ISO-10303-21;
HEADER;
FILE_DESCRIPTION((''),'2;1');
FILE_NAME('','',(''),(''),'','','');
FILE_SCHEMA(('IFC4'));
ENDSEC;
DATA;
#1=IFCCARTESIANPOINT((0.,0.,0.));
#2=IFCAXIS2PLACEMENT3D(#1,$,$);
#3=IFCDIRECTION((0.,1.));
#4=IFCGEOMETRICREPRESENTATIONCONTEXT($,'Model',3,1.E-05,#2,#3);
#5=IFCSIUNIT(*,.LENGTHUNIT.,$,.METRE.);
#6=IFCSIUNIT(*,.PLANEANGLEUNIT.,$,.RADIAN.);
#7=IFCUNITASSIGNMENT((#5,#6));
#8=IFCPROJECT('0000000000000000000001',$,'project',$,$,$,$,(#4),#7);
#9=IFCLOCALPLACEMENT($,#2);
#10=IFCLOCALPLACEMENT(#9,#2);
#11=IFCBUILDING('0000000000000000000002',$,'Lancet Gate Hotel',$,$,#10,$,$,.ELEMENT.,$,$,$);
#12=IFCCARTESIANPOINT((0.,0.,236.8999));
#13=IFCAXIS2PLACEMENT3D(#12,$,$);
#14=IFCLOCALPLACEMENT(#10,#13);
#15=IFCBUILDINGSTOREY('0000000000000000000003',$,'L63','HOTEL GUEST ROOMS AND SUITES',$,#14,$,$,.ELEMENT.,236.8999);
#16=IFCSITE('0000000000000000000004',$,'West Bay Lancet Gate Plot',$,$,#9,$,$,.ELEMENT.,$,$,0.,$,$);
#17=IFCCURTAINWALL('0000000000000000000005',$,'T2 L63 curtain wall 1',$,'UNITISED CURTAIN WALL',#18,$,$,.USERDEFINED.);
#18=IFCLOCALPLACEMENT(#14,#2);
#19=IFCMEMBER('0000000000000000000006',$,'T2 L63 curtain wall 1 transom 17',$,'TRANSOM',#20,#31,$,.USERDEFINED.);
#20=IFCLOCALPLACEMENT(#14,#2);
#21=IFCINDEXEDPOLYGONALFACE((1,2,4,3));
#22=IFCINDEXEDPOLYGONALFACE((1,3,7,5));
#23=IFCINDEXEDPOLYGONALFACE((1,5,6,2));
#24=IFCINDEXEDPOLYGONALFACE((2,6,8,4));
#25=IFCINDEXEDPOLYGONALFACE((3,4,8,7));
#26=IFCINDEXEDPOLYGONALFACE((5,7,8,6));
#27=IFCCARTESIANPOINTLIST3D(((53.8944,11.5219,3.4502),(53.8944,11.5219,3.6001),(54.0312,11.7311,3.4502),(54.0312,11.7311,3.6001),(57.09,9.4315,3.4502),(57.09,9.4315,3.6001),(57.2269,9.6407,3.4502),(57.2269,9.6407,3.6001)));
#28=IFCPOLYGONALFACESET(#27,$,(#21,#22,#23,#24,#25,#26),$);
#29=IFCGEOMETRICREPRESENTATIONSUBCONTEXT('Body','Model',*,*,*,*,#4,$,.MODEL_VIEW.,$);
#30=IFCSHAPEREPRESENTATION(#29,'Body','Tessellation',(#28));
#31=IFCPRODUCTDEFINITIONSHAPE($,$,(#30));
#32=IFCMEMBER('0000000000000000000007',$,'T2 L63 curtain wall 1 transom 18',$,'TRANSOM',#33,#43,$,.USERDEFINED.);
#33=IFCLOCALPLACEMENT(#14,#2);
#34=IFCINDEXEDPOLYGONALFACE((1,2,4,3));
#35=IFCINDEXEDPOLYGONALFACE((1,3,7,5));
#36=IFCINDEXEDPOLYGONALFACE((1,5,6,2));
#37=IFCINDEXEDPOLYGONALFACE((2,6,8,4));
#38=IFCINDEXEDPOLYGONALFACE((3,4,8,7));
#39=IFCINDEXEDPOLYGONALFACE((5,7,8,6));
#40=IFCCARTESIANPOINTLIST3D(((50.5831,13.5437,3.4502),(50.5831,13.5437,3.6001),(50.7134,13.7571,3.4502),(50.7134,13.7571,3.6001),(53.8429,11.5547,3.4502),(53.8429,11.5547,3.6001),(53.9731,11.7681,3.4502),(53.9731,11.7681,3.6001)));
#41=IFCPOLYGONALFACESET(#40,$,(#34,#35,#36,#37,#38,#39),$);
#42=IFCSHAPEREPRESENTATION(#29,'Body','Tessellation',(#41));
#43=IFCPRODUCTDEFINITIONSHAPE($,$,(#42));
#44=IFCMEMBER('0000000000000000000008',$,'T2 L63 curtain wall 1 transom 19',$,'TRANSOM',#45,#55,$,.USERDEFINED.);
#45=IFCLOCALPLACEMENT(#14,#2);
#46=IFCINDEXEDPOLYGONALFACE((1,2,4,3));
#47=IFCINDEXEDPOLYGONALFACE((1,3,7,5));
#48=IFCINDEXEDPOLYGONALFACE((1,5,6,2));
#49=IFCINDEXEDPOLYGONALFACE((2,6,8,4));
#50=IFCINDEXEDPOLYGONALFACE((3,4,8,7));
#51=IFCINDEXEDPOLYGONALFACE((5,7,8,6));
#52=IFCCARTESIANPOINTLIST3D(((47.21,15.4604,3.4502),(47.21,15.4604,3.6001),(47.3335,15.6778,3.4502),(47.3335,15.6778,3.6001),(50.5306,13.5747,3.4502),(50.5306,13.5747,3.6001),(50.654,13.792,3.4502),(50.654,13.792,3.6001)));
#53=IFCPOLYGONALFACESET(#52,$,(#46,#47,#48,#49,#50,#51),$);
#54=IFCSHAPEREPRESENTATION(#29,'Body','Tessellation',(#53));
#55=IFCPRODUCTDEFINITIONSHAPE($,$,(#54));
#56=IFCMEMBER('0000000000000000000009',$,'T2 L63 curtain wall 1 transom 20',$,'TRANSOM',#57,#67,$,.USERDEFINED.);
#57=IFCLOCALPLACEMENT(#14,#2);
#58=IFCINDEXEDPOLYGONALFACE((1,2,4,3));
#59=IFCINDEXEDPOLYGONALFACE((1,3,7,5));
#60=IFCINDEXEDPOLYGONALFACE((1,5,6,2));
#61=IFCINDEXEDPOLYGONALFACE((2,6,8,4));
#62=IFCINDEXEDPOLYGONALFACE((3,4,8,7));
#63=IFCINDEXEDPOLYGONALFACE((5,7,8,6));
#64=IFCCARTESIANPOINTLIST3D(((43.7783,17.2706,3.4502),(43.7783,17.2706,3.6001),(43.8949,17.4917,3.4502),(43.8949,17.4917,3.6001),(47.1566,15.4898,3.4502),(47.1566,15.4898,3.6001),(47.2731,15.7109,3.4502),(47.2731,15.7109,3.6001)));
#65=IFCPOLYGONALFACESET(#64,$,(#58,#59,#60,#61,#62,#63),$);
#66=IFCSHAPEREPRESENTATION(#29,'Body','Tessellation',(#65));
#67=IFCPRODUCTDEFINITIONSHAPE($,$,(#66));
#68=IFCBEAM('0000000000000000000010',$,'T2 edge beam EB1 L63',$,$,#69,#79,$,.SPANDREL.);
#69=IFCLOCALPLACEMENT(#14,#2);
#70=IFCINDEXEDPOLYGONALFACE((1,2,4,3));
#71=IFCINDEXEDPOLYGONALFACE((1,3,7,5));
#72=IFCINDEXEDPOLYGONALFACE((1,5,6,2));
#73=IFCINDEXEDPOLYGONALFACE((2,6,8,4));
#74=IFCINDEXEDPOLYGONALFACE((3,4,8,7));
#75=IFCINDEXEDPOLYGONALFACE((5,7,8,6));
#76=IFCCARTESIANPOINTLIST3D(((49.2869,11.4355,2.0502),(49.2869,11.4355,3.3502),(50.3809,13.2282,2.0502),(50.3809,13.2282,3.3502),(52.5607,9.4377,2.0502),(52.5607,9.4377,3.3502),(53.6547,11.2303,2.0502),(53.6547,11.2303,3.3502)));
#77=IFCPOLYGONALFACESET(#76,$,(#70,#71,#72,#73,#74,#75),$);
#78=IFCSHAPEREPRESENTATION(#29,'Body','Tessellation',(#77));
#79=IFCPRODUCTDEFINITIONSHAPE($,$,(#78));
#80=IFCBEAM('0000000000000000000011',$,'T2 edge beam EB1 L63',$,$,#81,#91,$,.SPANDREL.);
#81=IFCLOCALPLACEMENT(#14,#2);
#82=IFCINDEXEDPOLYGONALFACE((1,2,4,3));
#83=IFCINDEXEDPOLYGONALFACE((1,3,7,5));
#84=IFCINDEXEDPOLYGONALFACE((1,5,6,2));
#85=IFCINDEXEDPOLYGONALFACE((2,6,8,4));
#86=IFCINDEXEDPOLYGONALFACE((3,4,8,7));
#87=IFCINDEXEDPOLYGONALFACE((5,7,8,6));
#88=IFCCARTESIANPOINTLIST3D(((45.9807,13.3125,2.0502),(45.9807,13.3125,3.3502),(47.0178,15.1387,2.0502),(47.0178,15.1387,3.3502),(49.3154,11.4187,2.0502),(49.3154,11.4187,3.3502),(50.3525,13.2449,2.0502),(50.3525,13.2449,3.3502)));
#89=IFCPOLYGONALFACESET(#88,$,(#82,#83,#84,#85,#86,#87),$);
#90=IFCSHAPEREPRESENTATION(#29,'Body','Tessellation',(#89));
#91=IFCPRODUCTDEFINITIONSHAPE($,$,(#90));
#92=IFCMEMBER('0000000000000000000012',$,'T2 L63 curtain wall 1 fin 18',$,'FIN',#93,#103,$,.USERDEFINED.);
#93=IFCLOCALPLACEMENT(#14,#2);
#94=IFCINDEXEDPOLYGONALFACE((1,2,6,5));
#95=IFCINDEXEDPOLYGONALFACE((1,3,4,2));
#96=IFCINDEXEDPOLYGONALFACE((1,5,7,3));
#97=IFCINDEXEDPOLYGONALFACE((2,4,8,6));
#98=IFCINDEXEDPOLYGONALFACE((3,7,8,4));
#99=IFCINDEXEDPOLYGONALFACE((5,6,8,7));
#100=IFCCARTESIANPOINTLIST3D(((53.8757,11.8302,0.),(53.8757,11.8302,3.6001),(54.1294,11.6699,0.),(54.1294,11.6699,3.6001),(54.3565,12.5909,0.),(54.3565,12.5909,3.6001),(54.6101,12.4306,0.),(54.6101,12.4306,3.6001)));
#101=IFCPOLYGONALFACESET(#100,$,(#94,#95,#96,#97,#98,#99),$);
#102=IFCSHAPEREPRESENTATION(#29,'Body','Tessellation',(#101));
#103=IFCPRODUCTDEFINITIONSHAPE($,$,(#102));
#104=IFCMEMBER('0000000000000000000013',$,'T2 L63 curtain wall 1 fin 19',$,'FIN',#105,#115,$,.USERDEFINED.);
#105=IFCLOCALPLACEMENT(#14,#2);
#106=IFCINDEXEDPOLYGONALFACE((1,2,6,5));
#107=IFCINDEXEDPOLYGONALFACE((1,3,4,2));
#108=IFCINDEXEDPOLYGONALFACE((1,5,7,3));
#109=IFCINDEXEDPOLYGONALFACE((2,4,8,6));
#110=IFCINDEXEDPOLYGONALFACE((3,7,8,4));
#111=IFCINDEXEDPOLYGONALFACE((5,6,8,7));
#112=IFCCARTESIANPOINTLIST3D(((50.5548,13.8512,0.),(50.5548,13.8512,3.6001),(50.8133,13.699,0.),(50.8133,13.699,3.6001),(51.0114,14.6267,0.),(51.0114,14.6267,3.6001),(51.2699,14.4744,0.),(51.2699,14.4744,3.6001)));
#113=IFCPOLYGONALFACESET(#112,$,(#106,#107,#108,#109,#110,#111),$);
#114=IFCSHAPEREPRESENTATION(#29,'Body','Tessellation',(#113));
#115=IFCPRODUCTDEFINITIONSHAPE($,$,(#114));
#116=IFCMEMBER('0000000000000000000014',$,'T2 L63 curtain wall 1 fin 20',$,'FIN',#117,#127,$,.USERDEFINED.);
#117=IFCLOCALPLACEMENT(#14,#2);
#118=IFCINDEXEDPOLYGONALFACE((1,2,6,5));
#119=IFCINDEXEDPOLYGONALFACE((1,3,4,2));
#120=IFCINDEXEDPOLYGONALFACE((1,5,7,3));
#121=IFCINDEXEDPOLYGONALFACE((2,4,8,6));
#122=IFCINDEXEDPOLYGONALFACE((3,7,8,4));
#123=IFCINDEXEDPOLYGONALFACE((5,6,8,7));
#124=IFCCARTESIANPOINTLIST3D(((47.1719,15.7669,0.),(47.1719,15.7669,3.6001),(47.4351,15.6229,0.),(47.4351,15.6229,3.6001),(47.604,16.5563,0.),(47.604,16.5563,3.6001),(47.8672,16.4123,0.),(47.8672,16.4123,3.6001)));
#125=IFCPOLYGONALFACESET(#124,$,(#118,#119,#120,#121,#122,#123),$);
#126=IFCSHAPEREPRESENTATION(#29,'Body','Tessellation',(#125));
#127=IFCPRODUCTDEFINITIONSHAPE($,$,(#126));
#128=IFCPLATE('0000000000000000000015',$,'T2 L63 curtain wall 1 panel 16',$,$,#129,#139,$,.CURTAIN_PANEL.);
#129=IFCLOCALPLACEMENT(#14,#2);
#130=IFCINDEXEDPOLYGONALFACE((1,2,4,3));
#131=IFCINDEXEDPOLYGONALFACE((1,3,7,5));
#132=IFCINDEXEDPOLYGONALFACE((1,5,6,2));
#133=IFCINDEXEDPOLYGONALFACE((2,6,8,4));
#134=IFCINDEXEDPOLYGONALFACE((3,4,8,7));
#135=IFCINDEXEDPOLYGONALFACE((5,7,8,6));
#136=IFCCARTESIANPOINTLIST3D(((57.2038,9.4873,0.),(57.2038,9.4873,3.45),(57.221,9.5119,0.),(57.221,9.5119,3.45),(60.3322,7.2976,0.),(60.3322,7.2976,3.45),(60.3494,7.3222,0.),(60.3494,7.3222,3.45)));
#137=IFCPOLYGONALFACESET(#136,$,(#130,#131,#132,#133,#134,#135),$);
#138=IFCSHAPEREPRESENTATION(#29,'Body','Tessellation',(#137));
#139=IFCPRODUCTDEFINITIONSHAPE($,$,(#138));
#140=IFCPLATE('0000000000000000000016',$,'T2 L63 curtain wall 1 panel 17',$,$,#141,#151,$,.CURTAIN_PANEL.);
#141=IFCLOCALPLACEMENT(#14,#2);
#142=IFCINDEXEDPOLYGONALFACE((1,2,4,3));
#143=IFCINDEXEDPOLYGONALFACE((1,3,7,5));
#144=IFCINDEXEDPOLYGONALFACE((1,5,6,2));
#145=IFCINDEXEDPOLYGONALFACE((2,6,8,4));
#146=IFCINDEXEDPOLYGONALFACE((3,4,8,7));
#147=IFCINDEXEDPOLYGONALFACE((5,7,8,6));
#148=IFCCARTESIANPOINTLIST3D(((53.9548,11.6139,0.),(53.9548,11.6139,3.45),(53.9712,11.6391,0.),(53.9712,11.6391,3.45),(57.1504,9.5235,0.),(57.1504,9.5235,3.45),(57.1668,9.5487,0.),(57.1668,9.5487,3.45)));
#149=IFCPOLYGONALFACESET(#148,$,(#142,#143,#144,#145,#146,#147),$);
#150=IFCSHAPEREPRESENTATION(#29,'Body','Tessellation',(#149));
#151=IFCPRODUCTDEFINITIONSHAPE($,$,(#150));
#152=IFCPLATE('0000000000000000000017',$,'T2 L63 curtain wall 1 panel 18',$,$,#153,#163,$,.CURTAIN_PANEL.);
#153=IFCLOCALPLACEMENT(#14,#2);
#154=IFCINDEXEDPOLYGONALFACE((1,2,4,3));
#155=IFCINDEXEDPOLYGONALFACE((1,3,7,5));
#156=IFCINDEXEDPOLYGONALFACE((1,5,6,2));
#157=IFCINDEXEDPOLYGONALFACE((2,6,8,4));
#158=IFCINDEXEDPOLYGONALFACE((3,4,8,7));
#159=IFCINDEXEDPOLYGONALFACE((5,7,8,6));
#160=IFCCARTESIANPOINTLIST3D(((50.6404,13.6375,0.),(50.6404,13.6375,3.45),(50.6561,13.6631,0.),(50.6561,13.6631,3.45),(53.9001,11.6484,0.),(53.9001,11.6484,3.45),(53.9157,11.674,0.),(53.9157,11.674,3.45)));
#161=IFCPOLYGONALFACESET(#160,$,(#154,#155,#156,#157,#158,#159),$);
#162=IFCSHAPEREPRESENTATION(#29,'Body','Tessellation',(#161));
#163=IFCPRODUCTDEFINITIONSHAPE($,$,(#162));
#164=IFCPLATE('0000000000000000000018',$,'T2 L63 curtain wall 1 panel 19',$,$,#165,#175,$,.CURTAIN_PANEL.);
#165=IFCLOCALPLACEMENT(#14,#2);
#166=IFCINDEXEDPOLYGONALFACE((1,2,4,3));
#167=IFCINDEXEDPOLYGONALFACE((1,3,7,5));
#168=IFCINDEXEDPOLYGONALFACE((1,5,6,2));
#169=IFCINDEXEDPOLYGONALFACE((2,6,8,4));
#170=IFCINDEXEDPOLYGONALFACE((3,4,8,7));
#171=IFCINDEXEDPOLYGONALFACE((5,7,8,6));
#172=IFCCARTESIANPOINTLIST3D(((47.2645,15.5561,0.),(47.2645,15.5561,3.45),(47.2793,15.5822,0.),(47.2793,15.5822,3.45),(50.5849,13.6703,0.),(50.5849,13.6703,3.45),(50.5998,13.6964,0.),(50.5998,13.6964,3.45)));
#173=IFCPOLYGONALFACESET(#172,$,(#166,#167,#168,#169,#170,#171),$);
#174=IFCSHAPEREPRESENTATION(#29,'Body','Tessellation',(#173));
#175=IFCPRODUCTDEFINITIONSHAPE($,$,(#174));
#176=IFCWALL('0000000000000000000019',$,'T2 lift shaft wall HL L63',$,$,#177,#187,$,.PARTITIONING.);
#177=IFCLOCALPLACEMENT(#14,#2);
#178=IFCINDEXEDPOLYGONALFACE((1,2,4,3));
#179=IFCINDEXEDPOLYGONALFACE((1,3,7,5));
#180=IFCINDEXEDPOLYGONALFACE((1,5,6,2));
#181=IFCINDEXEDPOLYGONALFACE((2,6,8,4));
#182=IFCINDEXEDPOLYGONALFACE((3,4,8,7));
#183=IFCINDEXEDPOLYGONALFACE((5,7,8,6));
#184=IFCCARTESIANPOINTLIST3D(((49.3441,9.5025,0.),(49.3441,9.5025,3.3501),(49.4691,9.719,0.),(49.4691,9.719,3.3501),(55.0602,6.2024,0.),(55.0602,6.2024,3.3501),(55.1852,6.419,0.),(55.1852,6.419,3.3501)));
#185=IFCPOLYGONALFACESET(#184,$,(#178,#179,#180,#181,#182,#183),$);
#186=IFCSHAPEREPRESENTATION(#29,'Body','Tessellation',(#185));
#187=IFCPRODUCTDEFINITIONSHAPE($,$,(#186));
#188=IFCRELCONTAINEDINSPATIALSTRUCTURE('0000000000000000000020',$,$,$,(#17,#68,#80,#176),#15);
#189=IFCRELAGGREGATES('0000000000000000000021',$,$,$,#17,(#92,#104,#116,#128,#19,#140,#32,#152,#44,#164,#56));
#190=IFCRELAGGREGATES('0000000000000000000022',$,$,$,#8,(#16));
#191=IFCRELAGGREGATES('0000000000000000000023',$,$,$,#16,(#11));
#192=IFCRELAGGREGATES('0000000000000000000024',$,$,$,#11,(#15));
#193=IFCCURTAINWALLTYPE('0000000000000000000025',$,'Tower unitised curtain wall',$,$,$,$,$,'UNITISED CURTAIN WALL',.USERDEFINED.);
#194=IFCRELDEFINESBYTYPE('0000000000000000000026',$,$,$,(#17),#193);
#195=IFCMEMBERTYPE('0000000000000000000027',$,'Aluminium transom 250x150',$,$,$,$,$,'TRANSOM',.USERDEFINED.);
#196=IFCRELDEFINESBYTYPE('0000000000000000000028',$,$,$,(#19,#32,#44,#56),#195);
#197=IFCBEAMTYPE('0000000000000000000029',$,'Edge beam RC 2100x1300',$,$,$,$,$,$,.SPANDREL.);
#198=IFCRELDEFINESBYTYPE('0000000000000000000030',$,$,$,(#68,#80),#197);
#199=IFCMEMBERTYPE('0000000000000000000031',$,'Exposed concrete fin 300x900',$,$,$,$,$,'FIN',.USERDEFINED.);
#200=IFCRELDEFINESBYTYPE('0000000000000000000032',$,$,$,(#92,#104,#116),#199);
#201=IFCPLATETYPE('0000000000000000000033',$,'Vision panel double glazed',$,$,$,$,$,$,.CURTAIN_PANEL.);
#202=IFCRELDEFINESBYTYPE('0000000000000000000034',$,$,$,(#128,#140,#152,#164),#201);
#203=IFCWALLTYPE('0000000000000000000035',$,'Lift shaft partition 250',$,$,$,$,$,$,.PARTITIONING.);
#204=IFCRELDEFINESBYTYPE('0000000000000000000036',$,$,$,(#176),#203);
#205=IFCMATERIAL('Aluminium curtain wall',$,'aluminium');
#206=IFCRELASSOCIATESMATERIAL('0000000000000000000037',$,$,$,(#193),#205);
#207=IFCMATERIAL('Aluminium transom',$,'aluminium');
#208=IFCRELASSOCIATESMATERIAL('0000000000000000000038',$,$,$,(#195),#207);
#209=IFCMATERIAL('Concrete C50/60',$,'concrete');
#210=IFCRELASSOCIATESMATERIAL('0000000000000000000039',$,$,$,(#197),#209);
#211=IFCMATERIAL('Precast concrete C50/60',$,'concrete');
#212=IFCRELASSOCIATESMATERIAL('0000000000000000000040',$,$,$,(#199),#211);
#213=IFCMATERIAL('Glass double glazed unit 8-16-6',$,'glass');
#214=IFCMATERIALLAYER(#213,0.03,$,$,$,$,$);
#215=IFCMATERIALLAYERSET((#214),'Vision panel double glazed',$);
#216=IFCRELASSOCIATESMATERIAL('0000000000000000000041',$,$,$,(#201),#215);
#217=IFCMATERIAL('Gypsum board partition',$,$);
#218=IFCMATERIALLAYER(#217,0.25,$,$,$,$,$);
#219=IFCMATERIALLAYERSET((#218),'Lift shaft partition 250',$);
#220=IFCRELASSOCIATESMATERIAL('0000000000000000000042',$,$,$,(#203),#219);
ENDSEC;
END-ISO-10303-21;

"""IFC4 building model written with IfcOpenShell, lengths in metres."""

from ifc_helpers import new_model, si_unit, direction, frame, frame_2d, origin, origin_2d, place, context, subcontext, project, spatial, rectangle, extrude, material, layer, layer_set, material_profile, profile_set, type_object, element, aggregate, save


model = new_model("IFC4")

# Units and contexts
model_context = context("Model", 3, precision=1e-05, world=origin(), true_north=direction((0.0, 1.0)))
body_context = subcontext(model_context, "Body", "Model", "MODEL_VIEW")
ifc_project = project(units=[si_unit("LENGTHUNIT", "METRE"), si_unit("PLANEANGLEUNIT", "RADIAN")], contexts=[model_context])

# Site, building, storey
site_placement = place(None, origin())
site = spatial("IfcSite", under=ifc_project, at=site_placement, Name="West Bay Lancet Gate Plot", CompositionType="ELEMENT", RefElevation=0.0)
building_placement = place(site_placement, origin())
building = spatial("IfcBuilding", under=site, at=building_placement, Name="Lancet Gate Hotel", CompositionType="ELEMENT")
storey_placement = place(building_placement, frame((0.0, 0.0, 236.8999)))
storey = spatial("IfcBuildingStorey", under=building, at=storey_placement, Name="L63", Description="HOTEL GUEST ROOMS AND SUITES", CompositionType="ELEMENT", Elevation=236.8999)

# Curtain wall, members
ifc_material_1 = material(Name="Aluminium curtain wall", Category="aluminium")
curtain_wall_type = type_object("IfcCurtainWallType", Name="Tower unitised curtain wall", ElementType="UNITISED CURTAIN WALL", PredefinedType="USERDEFINED", material=ifc_material_1)
curtain_wall_placement = place(storey_placement, origin())
curtain_wall = element("IfcCurtainWall", 1, at=curtain_wall_placement, inside=storey, type_object=curtain_wall_type, Name="T2 L63 curtain wall 1", ObjectType="UNITISED CURTAIN WALL", PredefinedType="USERDEFINED")
ifc_material_2 = material(Name="Aluminium transom", Category="aluminium")
ifc_material_profile_1 = material_profile(ifc_material_2, rectangle(XDim=0.25, YDim=0.1499, at=origin_2d()), Name="TRANSOM 250x150")
ifc_profile_set_1 = profile_set([ifc_material_profile_1], Name="Aluminium transom")
member_type_1 = type_object("IfcMemberType", Name="Aluminium transom 250x150", ElementType="TRANSOM", PredefinedType="USERDEFINED", material=ifc_profile_set_1)
member_1_placement = place(storey_placement, frame((57.1584, 9.5361, 3.5251), z_axis=(-0.836858, 0.54742, 0.0), x_axis=(-0.54742, -0.836858, 0.0)))
member_1 = element("IfcMember", 2, at=member_1_placement, type_object=member_type_1, Name="T2 L63 curtain wall 1 transom 17", ObjectType="TRANSOM", PredefinedType="USERDEFINED", context=body_context, shape_type="SweptSolid", body=[
    extrude(rectangle(XDim=0.25, YDim=0.1499, at=origin_2d()), origin(), (0.0, 0.0, 1.0), 3.8186),
])
member_2_placement = place(storey_placement, frame((53.908, 11.6614, 3.5251), z_axis=(-0.853639, 0.520865, 0.0), x_axis=(-0.520865, -0.853639, 0.0)))
member_2 = element("IfcMember", 3, at=member_2_placement, type_object=member_type_1, Name="T2 L63 curtain wall 1 transom 18", ObjectType="TRANSOM", PredefinedType="USERDEFINED", context=body_context, shape_type="SweptSolid", body=[
    extrude(rectangle(XDim=0.25, YDim=0.1499, at=origin_2d()), origin(), (0.0, 0.0, 1.0), 3.8186),
])
member_3_placement = place(storey_placement, frame((50.5923, 13.6833, 3.5251), z_axis=(-0.869562, 0.493824, 0.0), x_axis=(-0.493824, -0.869562, 0.0)))
member_3 = element("IfcMember", 4, at=member_3_placement, type_object=member_type_1, Name="T2 L63 curtain wall 1 transom 19", ObjectType="TRANSOM", PredefinedType="USERDEFINED", context=body_context, shape_type="SweptSolid", body=[
    extrude(rectangle(XDim=0.25, YDim=0.1499, at=origin_2d()), origin(), (0.0, 0.0, 1.0), 3.8186),
])
member_4_placement = place(storey_placement, frame((47.2148, 15.6003, 3.5251), z_axis=(-0.884618, 0.466315, 0.0), x_axis=(-0.466315, -0.884618, 0.0)))
member_4 = element("IfcMember", 5, at=member_4_placement, type_object=member_type_1, Name="T2 L63 curtain wall 1 transom 20", ObjectType="TRANSOM", PredefinedType="USERDEFINED", context=body_context, shape_type="SweptSolid", body=[
    extrude(rectangle(XDim=0.25, YDim=0.1499, at=origin_2d()), origin(), (0.0, 0.0, 1.0), 3.8188),
])

# Beams
ifc_material_3 = material(Name="Concrete C50/60", Category="concrete")
ifc_material_profile_2 = material_profile(ifc_material_3, rectangle(XDim=2.1001, YDim=1.3, at=origin_2d()), Name="RC 2100x1300")
ifc_profile_set_2 = profile_set([ifc_material_profile_2], Name="Concrete C50/60")
beam_type = type_object("IfcBeamType", Name="Edge beam RC 2100x1300", PredefinedType="SPANDREL", material=ifc_profile_set_2)
beam_1_placement = place(storey_placement, frame((53.1077, 10.334, 2.7002), z_axis=(-0.853604, 0.520922, 0.0), x_axis=(-0.520922, -0.853604, 0.0)))
element("IfcBeam", 6, at=beam_1_placement, inside=storey, type_object=beam_type, Name="T2 edge beam EB1 L63", PredefinedType="SPANDREL", context=body_context, shape_type="SweptSolid", body=[
    extrude(rectangle(XDim=2.1001, YDim=1.3, at=origin_2d()), origin(), (0.0, 0.0, 1.0), 3.8352),
])
beam_2_placement = place(storey_placement, frame((49.834, 12.3318, 2.7002), z_axis=(-0.86956, 0.493827, 0.0), x_axis=(-0.493827, -0.86956, 0.0)))
element("IfcBeam", 7, at=beam_2_placement, inside=storey, type_object=beam_type, Name="T2 edge beam EB1 L63", PredefinedType="SPANDREL", context=body_context, shape_type="SweptSolid", body=[
    extrude(rectangle(XDim=2.1001, YDim=1.3, at=origin_2d()), origin(), (0.0, 0.0, 1.0), 3.835),
])

# Members
ifc_material_4 = material(Name="Precast concrete C50/60", Category="concrete")
ifc_material_profile_3 = material_profile(ifc_material_4, rectangle(XDim=0.3, YDim=0.8999, at=origin_2d()), Name="FIN 300x900")
ifc_profile_set_3 = profile_set([ifc_material_profile_3], Name="Precast concrete C50/60")
member_type_2 = type_object("IfcMemberType", Name="Exposed concrete fin 300x900", ElementType="FIN", PredefinedType="USERDEFINED", material=ifc_profile_set_3)
member_5_placement = place(storey_placement, frame((54.2429, 12.1304, 0.0), z_axis=(0.0, 0.0, 1.0), x_axis=(-0.84534, 0.534229, 0.0)))
member_5 = element("IfcMember", 8, at=member_5_placement, type_object=member_type_2, Name="T2 L63 curtain wall 1 fin 18", ObjectType="FIN", PredefinedType="USERDEFINED", context=body_context, shape_type="SweptSolid", body=[
    extrude(rectangle(XDim=0.3, YDim=0.8999, at=origin_2d()), origin(), (0.0, 0.0, 1.0), 3.6001),
])
member_6_placement = place(storey_placement, frame((50.9124, 14.1628, 0.0), z_axis=(0.0, 0.0, 1.0), x_axis=(-0.861692, 0.507432, 0.0)))
member_6 = element("IfcMember", 9, at=member_6_placement, type_object=member_type_2, Name="T2 L63 curtain wall 1 fin 19", ObjectType="FIN", PredefinedType="USERDEFINED", context=body_context, shape_type="SweptSolid", body=[
    extrude(rectangle(XDim=0.3, YDim=0.8999, at=origin_2d()), origin(), (0.0, 0.0, 1.0), 3.6001),
])
member_7_placement = place(storey_placement, frame((47.5195, 16.0896, 0.0), z_axis=(0.0, 0.0, 1.0), x_axis=(-0.877195, 0.480135, 0.0)))
member_7 = element("IfcMember", 10, at=member_7_placement, type_object=member_type_2, Name="T2 L63 curtain wall 1 fin 20", ObjectType="FIN", PredefinedType="USERDEFINED", context=body_context, shape_type="SweptSolid", body=[
    extrude(rectangle(XDim=0.3, YDim=0.8999, at=origin_2d()), origin(), (0.0, 0.0, 1.0), 3.6001),
])

# Plates
ifc_material_5 = material(Name="Glass double glazed unit 8-16-6", Category="glass")
ifc_layer_1 = layer(ifc_material_5, 0.03)
ifc_layer_set_1 = layer_set([ifc_layer_1], Name="Vision panel double glazed")
plate_type = type_object("IfcPlateType", Name="Vision panel double glazed", PredefinedType="CURTAIN_PANEL", material=ifc_layer_set_1)
plate_1_placement = place(storey_placement, frame((58.7766, 8.4048, 0.0), z_axis=(0.0, 0.0, 1.0), x_axis=(-0.819255, 0.573429, 0.0)))
plate_1 = element("IfcPlate", 11, at=plate_1_placement, type_object=plate_type, Name="T2 L63 curtain wall 1 panel 16", PredefinedType="CURTAIN_PANEL", context=body_context, shape_type="SweptSolid", body=[
    extrude(rectangle(XDim=3.8186, YDim=0.03, at=origin_2d()), origin(), (0.0, 0.0, 1.0), 3.45),
])
plate_2_placement = place(storey_placement, frame((55.5608, 10.5813, 0.0), z_axis=(0.0, 0.0, 1.0), x_axis=(-0.83685, 0.547432, 0.0)))
plate_2 = element("IfcPlate", 12, at=plate_2_placement, type_object=plate_type, Name="T2 L63 curtain wall 1 panel 17", PredefinedType="CURTAIN_PANEL", context=body_context, shape_type="SweptSolid", body=[
    extrude(rectangle(XDim=3.8186, YDim=0.03, at=origin_2d()), origin(), (0.0, 0.0, 1.0), 3.45),
])
plate_3_placement = place(storey_placement, frame((52.2781, 12.6558, 0.0), z_axis=(0.0, 0.0, 1.0), x_axis=(-0.853621, 0.520895, 0.0)))
plate_3 = element("IfcPlate", 13, at=plate_3_placement, type_object=plate_type, Name="T2 L63 curtain wall 1 panel 18", PredefinedType="CURTAIN_PANEL", context=body_context, shape_type="SweptSolid", body=[
    extrude(rectangle(XDim=3.8186, YDim=0.03, at=origin_2d()), origin(), (0.0, 0.0, 1.0), 3.45),
])
plate_4_placement = place(storey_placement, frame((48.9321, 14.6262, 0.0), z_axis=(0.0, 0.0, 1.0), x_axis=(-0.86955, 0.493844, 0.0)))
plate_4 = element("IfcPlate", 14, at=plate_4_placement, type_object=plate_type, Name="T2 L63 curtain wall 1 panel 19", PredefinedType="CURTAIN_PANEL", context=body_context, shape_type="SweptSolid", body=[
    extrude(rectangle(XDim=3.8186, YDim=0.03, at=origin_2d()), origin(), (0.0, 0.0, 1.0), 3.45),
])
aggregate(curtain_wall, [member_5, member_6, member_7, plate_1, member_1, plate_2, member_2, plate_3, member_3, plate_4, member_4])

# Wall
ifc_material_6 = material(Name="Gypsum board partition")
ifc_layer_2 = layer(ifc_material_6, 0.25)
ifc_layer_set_2 = layer_set([ifc_layer_2], Name="Lift shaft partition 250")
wall_type_1 = type_object("IfcWallType", Name="Lift shaft partition 250", PredefinedType="PARTITIONING", material=ifc_layer_set_2)
wall_1_placement = place(storey_placement, frame((49.4065, 9.6108, 0.0), z_axis=(0.0, 0.0, 1.0), x_axis=(0.866033, -0.499986, 0.0)))
element("IfcWall", 15, at=wall_1_placement, inside=storey, type_object=wall_type_1, Name="T2 lift shaft wall HL L63", PredefinedType="PARTITIONING", context=body_context, shape_type="SweptSolid", body=[
    extrude(rectangle(XDim=6.6003, YDim=0.25, at=frame_2d((3.3003, 0.0))), origin(), (0.0, 0.0, 1.0), 3.3501),
])

save(model, "model.ifc")
